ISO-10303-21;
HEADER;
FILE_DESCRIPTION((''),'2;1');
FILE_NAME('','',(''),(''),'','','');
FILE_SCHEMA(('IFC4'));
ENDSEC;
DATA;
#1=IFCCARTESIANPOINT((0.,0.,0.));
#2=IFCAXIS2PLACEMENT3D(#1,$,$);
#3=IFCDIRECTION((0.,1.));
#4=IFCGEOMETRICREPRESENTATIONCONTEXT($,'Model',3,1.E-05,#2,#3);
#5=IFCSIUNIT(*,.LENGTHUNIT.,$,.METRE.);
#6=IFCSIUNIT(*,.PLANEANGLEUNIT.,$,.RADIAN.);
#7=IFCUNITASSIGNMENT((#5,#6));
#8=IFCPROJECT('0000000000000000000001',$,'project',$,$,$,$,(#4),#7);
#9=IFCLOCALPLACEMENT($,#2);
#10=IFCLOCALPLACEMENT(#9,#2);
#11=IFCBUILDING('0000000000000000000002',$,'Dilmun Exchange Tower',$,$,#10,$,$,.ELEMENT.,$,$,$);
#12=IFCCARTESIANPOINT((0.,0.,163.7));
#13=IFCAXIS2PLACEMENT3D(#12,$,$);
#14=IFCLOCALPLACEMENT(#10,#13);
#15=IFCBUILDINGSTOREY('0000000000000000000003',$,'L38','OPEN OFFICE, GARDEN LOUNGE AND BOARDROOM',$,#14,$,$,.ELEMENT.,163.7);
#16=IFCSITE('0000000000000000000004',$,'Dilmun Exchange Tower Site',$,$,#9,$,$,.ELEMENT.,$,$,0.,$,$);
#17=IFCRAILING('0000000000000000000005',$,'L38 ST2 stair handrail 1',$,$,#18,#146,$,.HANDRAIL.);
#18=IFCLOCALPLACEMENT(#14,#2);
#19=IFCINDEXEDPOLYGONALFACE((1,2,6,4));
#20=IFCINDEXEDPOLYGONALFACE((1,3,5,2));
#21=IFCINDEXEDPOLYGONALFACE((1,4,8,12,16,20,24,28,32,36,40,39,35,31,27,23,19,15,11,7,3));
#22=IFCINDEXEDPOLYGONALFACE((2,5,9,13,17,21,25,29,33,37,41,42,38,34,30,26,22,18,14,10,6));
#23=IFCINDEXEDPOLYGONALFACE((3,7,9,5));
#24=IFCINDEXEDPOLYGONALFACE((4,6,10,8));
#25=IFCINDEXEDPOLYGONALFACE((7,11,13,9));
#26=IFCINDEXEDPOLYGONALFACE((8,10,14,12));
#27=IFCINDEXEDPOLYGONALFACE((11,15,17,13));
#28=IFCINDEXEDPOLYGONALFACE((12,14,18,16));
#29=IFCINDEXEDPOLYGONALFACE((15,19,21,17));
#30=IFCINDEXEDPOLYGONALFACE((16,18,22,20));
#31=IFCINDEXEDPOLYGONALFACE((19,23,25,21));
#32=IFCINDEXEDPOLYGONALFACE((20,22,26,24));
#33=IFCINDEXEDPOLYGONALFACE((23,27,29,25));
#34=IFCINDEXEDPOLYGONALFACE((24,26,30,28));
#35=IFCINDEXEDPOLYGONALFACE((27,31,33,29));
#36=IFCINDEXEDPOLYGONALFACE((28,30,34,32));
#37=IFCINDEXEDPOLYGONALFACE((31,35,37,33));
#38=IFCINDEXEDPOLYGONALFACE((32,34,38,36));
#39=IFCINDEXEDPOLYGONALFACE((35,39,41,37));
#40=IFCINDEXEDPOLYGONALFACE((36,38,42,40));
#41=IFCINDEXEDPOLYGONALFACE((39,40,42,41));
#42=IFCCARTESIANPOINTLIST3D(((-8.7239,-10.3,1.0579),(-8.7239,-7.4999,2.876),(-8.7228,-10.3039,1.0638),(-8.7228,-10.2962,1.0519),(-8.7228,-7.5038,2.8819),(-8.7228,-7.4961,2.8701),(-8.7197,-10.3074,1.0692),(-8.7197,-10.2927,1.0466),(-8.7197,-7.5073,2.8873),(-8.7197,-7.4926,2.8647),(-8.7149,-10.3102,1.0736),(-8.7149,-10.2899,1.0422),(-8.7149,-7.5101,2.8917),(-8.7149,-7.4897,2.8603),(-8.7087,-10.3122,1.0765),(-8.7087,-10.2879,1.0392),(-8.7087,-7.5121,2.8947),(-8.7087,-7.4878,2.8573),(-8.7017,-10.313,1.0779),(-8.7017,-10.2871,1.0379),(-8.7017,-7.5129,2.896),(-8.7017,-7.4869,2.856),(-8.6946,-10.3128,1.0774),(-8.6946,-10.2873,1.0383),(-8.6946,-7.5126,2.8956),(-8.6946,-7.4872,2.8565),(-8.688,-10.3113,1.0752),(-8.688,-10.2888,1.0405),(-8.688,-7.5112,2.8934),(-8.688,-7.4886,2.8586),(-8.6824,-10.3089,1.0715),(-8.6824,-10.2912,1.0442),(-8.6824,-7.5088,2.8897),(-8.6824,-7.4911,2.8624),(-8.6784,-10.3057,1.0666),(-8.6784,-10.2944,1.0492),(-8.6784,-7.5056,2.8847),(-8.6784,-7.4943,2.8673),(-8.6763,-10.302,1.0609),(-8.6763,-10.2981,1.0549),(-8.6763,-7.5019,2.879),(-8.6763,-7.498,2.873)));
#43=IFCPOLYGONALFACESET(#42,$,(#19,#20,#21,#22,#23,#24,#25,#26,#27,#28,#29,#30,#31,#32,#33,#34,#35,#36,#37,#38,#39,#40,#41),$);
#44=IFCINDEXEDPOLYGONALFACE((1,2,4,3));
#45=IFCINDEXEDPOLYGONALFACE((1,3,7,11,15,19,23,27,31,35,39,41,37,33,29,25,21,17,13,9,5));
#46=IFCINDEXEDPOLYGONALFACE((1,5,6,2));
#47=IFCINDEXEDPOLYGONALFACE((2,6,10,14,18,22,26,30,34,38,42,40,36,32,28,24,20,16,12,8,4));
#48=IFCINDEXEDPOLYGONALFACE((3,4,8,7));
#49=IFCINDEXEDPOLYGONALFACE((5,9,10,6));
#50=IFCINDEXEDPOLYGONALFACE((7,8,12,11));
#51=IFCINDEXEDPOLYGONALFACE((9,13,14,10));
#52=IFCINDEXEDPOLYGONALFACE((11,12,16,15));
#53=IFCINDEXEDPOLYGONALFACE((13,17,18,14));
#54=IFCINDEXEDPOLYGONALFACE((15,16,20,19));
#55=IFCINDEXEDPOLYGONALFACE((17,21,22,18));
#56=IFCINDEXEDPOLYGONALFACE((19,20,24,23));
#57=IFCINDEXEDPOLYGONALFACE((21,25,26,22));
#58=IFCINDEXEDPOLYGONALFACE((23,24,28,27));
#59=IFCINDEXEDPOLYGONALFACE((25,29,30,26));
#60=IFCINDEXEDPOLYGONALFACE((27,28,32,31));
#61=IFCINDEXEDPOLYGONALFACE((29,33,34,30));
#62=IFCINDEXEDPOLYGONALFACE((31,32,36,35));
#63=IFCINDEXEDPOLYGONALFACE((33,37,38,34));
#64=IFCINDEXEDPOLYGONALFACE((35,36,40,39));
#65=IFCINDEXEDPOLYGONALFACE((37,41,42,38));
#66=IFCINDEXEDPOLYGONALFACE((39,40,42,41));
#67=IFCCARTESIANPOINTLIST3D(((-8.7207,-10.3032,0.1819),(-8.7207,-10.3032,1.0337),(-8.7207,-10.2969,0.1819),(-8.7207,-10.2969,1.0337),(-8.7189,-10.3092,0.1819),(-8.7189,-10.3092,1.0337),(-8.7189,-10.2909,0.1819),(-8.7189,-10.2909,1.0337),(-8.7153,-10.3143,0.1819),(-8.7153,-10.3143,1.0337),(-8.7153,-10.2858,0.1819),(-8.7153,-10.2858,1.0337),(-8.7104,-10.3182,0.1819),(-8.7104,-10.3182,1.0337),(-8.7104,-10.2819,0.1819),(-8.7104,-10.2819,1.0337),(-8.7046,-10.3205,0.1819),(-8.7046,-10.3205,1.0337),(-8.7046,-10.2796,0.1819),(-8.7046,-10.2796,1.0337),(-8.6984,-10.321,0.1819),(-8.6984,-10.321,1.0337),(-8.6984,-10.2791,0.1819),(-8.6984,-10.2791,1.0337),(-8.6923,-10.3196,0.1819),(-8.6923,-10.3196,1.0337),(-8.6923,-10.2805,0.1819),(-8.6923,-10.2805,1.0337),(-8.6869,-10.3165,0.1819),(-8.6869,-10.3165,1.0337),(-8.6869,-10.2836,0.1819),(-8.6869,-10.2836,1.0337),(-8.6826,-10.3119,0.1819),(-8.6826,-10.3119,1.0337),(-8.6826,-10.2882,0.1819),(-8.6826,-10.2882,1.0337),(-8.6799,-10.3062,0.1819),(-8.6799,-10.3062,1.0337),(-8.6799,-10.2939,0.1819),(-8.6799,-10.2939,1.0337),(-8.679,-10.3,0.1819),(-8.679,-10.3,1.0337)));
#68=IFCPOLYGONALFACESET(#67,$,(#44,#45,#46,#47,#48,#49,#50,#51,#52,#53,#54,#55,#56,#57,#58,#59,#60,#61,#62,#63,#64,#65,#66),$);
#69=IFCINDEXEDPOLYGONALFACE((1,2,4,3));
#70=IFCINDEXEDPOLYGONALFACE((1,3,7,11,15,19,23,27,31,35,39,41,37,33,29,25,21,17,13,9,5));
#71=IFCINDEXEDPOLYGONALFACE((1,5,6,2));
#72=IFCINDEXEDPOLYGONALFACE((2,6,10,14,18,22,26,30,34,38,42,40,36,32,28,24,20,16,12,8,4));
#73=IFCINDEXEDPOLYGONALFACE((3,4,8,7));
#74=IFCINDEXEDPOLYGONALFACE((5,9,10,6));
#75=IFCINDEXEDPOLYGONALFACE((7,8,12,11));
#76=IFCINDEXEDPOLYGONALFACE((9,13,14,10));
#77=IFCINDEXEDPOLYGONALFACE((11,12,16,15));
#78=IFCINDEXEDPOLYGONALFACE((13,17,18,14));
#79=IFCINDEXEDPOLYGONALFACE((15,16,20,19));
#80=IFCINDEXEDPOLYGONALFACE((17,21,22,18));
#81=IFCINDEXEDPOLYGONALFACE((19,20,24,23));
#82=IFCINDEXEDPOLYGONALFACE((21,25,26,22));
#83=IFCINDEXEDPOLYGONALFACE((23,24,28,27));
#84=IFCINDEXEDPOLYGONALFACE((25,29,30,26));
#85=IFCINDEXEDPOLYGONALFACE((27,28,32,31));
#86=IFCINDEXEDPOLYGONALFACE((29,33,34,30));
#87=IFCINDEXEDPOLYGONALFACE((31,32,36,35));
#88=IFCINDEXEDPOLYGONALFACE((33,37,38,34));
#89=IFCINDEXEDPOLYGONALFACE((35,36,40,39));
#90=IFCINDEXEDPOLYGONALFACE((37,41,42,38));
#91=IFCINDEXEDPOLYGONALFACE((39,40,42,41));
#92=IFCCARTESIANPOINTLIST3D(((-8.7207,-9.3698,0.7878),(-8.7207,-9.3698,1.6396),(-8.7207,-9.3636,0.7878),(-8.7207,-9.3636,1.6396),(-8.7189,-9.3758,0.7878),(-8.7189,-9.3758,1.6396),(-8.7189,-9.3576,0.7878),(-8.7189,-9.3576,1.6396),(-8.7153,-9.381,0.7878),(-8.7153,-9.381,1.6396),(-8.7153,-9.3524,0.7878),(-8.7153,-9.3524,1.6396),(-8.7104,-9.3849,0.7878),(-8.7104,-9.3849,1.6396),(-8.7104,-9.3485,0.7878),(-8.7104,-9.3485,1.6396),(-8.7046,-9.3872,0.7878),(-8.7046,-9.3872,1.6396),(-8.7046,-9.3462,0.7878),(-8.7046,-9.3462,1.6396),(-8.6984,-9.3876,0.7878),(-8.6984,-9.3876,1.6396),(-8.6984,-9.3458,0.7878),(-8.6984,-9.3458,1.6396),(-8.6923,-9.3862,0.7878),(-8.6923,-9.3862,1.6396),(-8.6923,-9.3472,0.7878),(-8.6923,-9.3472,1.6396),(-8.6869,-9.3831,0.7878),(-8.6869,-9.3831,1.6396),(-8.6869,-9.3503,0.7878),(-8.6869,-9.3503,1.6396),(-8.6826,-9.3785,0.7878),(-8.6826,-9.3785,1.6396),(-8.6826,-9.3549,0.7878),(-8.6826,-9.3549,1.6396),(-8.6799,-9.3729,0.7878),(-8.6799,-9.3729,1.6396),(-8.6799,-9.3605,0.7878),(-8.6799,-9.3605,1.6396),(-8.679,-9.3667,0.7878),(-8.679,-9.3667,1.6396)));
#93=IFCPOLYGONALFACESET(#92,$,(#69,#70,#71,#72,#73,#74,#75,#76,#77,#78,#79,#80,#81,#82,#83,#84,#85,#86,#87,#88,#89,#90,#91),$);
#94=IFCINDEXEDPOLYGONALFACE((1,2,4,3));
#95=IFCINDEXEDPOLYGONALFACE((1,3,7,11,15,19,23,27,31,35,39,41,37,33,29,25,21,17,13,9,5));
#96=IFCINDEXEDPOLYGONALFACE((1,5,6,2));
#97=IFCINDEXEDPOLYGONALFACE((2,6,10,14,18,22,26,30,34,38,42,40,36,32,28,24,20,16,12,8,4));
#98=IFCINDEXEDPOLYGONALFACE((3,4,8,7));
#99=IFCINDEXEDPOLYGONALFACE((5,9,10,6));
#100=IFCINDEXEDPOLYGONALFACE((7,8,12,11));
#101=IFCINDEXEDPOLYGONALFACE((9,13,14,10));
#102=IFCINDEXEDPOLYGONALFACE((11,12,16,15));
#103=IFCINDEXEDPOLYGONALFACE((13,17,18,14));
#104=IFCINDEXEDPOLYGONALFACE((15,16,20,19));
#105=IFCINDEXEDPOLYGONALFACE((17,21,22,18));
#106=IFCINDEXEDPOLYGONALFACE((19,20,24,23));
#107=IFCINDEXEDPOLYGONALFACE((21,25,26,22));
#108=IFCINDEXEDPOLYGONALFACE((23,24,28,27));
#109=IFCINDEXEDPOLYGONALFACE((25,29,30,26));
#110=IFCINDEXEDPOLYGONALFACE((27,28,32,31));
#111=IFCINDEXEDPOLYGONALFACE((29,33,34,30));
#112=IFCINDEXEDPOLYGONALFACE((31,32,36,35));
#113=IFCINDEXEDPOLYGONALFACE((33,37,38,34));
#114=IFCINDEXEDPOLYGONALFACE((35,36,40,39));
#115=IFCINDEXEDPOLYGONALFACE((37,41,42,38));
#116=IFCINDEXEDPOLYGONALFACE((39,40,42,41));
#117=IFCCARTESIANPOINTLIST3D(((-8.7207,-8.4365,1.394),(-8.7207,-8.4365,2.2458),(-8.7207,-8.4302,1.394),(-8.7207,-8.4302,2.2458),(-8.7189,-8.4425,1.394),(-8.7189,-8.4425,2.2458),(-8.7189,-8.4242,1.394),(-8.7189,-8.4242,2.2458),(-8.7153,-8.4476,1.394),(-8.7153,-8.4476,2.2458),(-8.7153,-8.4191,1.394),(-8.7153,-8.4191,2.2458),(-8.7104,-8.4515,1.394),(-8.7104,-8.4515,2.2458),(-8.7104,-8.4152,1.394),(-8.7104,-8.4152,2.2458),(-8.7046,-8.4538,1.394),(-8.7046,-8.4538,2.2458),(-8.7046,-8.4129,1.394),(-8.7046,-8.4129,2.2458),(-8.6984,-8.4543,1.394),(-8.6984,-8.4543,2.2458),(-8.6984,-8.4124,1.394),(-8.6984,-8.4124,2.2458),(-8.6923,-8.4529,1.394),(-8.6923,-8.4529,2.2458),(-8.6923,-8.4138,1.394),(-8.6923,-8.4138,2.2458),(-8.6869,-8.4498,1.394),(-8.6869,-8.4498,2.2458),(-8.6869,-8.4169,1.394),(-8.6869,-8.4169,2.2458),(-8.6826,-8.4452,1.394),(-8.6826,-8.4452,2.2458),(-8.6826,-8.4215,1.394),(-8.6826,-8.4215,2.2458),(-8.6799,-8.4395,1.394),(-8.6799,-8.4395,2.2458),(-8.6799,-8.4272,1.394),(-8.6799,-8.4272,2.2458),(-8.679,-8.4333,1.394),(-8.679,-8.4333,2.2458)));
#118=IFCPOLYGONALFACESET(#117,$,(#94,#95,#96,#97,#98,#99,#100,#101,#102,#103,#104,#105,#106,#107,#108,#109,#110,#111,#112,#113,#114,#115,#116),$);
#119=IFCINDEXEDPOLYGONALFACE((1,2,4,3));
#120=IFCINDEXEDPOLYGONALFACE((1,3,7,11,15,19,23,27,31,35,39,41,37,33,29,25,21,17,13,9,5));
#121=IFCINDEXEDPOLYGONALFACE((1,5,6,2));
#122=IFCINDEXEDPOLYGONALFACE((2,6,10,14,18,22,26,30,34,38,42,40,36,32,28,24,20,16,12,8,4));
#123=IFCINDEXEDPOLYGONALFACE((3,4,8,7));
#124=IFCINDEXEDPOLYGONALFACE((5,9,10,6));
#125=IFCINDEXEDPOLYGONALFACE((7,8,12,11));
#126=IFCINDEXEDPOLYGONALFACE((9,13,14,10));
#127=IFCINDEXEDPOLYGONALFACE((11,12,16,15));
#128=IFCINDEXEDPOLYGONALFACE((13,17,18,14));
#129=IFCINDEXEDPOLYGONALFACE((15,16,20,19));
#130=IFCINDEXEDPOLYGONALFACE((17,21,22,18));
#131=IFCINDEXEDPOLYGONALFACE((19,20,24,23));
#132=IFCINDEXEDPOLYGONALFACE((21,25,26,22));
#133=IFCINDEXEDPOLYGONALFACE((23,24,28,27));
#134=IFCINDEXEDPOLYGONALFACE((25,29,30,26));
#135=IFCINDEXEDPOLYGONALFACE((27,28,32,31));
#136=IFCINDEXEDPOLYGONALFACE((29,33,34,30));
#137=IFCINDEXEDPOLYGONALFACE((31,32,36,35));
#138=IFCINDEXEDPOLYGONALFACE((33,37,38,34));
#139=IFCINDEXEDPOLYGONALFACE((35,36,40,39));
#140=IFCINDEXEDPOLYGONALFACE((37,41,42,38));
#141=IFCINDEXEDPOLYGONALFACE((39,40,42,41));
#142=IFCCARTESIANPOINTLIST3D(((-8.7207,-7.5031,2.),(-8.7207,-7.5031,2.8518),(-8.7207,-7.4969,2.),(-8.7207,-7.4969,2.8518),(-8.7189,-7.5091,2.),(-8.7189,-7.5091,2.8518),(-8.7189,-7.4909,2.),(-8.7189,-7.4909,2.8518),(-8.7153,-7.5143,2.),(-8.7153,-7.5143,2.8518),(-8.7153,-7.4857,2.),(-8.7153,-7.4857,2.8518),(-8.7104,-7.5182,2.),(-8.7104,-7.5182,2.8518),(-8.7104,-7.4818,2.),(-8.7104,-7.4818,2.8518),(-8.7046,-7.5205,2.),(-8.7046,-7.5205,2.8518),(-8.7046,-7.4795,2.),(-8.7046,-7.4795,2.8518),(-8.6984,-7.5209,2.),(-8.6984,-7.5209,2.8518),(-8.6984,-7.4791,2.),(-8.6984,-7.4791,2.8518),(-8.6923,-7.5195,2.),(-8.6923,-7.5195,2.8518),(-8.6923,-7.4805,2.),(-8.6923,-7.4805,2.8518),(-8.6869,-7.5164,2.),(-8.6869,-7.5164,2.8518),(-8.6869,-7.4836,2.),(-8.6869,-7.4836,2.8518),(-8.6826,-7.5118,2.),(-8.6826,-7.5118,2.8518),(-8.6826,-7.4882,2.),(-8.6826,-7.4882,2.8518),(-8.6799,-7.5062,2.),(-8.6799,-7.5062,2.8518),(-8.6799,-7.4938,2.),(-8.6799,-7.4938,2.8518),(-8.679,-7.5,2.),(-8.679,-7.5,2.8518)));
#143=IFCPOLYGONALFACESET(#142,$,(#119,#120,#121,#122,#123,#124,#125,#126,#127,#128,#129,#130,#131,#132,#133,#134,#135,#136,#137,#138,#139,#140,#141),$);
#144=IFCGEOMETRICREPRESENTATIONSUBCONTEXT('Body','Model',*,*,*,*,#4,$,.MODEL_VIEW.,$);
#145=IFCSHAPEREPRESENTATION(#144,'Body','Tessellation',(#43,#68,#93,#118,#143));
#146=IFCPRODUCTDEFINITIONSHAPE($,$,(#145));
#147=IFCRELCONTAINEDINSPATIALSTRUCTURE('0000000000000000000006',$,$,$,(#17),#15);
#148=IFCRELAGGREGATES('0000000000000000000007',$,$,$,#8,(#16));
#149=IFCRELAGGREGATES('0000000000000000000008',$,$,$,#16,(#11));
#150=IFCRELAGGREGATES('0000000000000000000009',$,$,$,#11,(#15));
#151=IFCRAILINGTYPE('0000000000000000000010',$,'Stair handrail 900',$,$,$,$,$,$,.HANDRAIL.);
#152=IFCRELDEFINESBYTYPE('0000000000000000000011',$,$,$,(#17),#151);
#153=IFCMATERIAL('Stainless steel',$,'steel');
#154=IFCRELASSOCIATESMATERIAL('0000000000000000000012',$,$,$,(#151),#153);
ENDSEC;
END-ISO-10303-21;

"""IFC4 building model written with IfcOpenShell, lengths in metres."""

from ifc_helpers import new_model, si_unit, direction, frame, origin, origin_2d, place, context, subcontext, project, spatial, circle, extrude, material, type_object, element, save


model = new_model("IFC4")

# Units and contexts
model_context = context("Model", 3, precision=1e-05, world=origin(), true_north=direction((0.0, 1.0)))
body_context = subcontext(model_context, "Body", "Model", "MODEL_VIEW")
ifc_project = project(units=[si_unit("LENGTHUNIT", "METRE"), si_unit("PLANEANGLEUNIT", "RADIAN")], contexts=[model_context])

# Site, building, storey
site_placement = place(None, origin())
site = spatial("IfcSite", under=ifc_project, at=site_placement, Name="Dilmun Exchange Tower Site", CompositionType="ELEMENT", RefElevation=0.0)
building_placement = place(site_placement, origin())
building = spatial("IfcBuilding", under=site, at=building_placement, Name="Dilmun Exchange Tower", CompositionType="ELEMENT")
storey_placement = place(building_placement, frame((0.0, 0.0, 163.7)))
storey = spatial("IfcBuildingStorey", under=building, at=storey_placement, Name="L38", Description="OPEN OFFICE, GARDEN LOUNGE AND BOARDROOM", CompositionType="ELEMENT", Elevation=163.7)

# Railing
ifc_material_1 = material(Name="Stainless steel", Category="steel")
railing_type = type_object("IfcRailingType", Name="Stair handrail 900", PredefinedType="HANDRAIL", material=ifc_material_1)
railing_placement = place(storey_placement, frame((-8.7, -10.3, 0.1819)))
element("IfcRailing", 1, at=railing_placement, inside=storey, type_object=railing_type, Name="L38 ST2 stair handrail 1", PredefinedType="HANDRAIL", context=body_context, shape_type="SweptSolid", body=[
    extrude(circle(Radius=0.0239, at=origin_2d()), frame((0.0, 0.0, 0.876), z_axis=(0.0, 0.838706, 0.544585), x_axis=(-1.0, 0.0, 0.0)), (0.0, 0.0, 1.0), 3.3386),
    extrude(circle(Radius=0.021, at=origin_2d()), origin(), (0.0, 0.0, 1.0), 0.8518),
    extrude(circle(Radius=0.021, at=origin_2d()), frame((0.0, 0.9333, 0.606)), (0.0, 0.0, 1.0), 0.8518),
    extrude(circle(Radius=0.021, at=origin_2d()), frame((0.0, 1.8667, 1.2122)), (0.0, 0.0, 1.0), 0.8518),
    extrude(circle(Radius=0.021, at=origin_2d()), frame((0.0, 2.8, 1.8181)), (0.0, 0.0, 1.0), 0.8518),
])

save(model, "model.ifc")
